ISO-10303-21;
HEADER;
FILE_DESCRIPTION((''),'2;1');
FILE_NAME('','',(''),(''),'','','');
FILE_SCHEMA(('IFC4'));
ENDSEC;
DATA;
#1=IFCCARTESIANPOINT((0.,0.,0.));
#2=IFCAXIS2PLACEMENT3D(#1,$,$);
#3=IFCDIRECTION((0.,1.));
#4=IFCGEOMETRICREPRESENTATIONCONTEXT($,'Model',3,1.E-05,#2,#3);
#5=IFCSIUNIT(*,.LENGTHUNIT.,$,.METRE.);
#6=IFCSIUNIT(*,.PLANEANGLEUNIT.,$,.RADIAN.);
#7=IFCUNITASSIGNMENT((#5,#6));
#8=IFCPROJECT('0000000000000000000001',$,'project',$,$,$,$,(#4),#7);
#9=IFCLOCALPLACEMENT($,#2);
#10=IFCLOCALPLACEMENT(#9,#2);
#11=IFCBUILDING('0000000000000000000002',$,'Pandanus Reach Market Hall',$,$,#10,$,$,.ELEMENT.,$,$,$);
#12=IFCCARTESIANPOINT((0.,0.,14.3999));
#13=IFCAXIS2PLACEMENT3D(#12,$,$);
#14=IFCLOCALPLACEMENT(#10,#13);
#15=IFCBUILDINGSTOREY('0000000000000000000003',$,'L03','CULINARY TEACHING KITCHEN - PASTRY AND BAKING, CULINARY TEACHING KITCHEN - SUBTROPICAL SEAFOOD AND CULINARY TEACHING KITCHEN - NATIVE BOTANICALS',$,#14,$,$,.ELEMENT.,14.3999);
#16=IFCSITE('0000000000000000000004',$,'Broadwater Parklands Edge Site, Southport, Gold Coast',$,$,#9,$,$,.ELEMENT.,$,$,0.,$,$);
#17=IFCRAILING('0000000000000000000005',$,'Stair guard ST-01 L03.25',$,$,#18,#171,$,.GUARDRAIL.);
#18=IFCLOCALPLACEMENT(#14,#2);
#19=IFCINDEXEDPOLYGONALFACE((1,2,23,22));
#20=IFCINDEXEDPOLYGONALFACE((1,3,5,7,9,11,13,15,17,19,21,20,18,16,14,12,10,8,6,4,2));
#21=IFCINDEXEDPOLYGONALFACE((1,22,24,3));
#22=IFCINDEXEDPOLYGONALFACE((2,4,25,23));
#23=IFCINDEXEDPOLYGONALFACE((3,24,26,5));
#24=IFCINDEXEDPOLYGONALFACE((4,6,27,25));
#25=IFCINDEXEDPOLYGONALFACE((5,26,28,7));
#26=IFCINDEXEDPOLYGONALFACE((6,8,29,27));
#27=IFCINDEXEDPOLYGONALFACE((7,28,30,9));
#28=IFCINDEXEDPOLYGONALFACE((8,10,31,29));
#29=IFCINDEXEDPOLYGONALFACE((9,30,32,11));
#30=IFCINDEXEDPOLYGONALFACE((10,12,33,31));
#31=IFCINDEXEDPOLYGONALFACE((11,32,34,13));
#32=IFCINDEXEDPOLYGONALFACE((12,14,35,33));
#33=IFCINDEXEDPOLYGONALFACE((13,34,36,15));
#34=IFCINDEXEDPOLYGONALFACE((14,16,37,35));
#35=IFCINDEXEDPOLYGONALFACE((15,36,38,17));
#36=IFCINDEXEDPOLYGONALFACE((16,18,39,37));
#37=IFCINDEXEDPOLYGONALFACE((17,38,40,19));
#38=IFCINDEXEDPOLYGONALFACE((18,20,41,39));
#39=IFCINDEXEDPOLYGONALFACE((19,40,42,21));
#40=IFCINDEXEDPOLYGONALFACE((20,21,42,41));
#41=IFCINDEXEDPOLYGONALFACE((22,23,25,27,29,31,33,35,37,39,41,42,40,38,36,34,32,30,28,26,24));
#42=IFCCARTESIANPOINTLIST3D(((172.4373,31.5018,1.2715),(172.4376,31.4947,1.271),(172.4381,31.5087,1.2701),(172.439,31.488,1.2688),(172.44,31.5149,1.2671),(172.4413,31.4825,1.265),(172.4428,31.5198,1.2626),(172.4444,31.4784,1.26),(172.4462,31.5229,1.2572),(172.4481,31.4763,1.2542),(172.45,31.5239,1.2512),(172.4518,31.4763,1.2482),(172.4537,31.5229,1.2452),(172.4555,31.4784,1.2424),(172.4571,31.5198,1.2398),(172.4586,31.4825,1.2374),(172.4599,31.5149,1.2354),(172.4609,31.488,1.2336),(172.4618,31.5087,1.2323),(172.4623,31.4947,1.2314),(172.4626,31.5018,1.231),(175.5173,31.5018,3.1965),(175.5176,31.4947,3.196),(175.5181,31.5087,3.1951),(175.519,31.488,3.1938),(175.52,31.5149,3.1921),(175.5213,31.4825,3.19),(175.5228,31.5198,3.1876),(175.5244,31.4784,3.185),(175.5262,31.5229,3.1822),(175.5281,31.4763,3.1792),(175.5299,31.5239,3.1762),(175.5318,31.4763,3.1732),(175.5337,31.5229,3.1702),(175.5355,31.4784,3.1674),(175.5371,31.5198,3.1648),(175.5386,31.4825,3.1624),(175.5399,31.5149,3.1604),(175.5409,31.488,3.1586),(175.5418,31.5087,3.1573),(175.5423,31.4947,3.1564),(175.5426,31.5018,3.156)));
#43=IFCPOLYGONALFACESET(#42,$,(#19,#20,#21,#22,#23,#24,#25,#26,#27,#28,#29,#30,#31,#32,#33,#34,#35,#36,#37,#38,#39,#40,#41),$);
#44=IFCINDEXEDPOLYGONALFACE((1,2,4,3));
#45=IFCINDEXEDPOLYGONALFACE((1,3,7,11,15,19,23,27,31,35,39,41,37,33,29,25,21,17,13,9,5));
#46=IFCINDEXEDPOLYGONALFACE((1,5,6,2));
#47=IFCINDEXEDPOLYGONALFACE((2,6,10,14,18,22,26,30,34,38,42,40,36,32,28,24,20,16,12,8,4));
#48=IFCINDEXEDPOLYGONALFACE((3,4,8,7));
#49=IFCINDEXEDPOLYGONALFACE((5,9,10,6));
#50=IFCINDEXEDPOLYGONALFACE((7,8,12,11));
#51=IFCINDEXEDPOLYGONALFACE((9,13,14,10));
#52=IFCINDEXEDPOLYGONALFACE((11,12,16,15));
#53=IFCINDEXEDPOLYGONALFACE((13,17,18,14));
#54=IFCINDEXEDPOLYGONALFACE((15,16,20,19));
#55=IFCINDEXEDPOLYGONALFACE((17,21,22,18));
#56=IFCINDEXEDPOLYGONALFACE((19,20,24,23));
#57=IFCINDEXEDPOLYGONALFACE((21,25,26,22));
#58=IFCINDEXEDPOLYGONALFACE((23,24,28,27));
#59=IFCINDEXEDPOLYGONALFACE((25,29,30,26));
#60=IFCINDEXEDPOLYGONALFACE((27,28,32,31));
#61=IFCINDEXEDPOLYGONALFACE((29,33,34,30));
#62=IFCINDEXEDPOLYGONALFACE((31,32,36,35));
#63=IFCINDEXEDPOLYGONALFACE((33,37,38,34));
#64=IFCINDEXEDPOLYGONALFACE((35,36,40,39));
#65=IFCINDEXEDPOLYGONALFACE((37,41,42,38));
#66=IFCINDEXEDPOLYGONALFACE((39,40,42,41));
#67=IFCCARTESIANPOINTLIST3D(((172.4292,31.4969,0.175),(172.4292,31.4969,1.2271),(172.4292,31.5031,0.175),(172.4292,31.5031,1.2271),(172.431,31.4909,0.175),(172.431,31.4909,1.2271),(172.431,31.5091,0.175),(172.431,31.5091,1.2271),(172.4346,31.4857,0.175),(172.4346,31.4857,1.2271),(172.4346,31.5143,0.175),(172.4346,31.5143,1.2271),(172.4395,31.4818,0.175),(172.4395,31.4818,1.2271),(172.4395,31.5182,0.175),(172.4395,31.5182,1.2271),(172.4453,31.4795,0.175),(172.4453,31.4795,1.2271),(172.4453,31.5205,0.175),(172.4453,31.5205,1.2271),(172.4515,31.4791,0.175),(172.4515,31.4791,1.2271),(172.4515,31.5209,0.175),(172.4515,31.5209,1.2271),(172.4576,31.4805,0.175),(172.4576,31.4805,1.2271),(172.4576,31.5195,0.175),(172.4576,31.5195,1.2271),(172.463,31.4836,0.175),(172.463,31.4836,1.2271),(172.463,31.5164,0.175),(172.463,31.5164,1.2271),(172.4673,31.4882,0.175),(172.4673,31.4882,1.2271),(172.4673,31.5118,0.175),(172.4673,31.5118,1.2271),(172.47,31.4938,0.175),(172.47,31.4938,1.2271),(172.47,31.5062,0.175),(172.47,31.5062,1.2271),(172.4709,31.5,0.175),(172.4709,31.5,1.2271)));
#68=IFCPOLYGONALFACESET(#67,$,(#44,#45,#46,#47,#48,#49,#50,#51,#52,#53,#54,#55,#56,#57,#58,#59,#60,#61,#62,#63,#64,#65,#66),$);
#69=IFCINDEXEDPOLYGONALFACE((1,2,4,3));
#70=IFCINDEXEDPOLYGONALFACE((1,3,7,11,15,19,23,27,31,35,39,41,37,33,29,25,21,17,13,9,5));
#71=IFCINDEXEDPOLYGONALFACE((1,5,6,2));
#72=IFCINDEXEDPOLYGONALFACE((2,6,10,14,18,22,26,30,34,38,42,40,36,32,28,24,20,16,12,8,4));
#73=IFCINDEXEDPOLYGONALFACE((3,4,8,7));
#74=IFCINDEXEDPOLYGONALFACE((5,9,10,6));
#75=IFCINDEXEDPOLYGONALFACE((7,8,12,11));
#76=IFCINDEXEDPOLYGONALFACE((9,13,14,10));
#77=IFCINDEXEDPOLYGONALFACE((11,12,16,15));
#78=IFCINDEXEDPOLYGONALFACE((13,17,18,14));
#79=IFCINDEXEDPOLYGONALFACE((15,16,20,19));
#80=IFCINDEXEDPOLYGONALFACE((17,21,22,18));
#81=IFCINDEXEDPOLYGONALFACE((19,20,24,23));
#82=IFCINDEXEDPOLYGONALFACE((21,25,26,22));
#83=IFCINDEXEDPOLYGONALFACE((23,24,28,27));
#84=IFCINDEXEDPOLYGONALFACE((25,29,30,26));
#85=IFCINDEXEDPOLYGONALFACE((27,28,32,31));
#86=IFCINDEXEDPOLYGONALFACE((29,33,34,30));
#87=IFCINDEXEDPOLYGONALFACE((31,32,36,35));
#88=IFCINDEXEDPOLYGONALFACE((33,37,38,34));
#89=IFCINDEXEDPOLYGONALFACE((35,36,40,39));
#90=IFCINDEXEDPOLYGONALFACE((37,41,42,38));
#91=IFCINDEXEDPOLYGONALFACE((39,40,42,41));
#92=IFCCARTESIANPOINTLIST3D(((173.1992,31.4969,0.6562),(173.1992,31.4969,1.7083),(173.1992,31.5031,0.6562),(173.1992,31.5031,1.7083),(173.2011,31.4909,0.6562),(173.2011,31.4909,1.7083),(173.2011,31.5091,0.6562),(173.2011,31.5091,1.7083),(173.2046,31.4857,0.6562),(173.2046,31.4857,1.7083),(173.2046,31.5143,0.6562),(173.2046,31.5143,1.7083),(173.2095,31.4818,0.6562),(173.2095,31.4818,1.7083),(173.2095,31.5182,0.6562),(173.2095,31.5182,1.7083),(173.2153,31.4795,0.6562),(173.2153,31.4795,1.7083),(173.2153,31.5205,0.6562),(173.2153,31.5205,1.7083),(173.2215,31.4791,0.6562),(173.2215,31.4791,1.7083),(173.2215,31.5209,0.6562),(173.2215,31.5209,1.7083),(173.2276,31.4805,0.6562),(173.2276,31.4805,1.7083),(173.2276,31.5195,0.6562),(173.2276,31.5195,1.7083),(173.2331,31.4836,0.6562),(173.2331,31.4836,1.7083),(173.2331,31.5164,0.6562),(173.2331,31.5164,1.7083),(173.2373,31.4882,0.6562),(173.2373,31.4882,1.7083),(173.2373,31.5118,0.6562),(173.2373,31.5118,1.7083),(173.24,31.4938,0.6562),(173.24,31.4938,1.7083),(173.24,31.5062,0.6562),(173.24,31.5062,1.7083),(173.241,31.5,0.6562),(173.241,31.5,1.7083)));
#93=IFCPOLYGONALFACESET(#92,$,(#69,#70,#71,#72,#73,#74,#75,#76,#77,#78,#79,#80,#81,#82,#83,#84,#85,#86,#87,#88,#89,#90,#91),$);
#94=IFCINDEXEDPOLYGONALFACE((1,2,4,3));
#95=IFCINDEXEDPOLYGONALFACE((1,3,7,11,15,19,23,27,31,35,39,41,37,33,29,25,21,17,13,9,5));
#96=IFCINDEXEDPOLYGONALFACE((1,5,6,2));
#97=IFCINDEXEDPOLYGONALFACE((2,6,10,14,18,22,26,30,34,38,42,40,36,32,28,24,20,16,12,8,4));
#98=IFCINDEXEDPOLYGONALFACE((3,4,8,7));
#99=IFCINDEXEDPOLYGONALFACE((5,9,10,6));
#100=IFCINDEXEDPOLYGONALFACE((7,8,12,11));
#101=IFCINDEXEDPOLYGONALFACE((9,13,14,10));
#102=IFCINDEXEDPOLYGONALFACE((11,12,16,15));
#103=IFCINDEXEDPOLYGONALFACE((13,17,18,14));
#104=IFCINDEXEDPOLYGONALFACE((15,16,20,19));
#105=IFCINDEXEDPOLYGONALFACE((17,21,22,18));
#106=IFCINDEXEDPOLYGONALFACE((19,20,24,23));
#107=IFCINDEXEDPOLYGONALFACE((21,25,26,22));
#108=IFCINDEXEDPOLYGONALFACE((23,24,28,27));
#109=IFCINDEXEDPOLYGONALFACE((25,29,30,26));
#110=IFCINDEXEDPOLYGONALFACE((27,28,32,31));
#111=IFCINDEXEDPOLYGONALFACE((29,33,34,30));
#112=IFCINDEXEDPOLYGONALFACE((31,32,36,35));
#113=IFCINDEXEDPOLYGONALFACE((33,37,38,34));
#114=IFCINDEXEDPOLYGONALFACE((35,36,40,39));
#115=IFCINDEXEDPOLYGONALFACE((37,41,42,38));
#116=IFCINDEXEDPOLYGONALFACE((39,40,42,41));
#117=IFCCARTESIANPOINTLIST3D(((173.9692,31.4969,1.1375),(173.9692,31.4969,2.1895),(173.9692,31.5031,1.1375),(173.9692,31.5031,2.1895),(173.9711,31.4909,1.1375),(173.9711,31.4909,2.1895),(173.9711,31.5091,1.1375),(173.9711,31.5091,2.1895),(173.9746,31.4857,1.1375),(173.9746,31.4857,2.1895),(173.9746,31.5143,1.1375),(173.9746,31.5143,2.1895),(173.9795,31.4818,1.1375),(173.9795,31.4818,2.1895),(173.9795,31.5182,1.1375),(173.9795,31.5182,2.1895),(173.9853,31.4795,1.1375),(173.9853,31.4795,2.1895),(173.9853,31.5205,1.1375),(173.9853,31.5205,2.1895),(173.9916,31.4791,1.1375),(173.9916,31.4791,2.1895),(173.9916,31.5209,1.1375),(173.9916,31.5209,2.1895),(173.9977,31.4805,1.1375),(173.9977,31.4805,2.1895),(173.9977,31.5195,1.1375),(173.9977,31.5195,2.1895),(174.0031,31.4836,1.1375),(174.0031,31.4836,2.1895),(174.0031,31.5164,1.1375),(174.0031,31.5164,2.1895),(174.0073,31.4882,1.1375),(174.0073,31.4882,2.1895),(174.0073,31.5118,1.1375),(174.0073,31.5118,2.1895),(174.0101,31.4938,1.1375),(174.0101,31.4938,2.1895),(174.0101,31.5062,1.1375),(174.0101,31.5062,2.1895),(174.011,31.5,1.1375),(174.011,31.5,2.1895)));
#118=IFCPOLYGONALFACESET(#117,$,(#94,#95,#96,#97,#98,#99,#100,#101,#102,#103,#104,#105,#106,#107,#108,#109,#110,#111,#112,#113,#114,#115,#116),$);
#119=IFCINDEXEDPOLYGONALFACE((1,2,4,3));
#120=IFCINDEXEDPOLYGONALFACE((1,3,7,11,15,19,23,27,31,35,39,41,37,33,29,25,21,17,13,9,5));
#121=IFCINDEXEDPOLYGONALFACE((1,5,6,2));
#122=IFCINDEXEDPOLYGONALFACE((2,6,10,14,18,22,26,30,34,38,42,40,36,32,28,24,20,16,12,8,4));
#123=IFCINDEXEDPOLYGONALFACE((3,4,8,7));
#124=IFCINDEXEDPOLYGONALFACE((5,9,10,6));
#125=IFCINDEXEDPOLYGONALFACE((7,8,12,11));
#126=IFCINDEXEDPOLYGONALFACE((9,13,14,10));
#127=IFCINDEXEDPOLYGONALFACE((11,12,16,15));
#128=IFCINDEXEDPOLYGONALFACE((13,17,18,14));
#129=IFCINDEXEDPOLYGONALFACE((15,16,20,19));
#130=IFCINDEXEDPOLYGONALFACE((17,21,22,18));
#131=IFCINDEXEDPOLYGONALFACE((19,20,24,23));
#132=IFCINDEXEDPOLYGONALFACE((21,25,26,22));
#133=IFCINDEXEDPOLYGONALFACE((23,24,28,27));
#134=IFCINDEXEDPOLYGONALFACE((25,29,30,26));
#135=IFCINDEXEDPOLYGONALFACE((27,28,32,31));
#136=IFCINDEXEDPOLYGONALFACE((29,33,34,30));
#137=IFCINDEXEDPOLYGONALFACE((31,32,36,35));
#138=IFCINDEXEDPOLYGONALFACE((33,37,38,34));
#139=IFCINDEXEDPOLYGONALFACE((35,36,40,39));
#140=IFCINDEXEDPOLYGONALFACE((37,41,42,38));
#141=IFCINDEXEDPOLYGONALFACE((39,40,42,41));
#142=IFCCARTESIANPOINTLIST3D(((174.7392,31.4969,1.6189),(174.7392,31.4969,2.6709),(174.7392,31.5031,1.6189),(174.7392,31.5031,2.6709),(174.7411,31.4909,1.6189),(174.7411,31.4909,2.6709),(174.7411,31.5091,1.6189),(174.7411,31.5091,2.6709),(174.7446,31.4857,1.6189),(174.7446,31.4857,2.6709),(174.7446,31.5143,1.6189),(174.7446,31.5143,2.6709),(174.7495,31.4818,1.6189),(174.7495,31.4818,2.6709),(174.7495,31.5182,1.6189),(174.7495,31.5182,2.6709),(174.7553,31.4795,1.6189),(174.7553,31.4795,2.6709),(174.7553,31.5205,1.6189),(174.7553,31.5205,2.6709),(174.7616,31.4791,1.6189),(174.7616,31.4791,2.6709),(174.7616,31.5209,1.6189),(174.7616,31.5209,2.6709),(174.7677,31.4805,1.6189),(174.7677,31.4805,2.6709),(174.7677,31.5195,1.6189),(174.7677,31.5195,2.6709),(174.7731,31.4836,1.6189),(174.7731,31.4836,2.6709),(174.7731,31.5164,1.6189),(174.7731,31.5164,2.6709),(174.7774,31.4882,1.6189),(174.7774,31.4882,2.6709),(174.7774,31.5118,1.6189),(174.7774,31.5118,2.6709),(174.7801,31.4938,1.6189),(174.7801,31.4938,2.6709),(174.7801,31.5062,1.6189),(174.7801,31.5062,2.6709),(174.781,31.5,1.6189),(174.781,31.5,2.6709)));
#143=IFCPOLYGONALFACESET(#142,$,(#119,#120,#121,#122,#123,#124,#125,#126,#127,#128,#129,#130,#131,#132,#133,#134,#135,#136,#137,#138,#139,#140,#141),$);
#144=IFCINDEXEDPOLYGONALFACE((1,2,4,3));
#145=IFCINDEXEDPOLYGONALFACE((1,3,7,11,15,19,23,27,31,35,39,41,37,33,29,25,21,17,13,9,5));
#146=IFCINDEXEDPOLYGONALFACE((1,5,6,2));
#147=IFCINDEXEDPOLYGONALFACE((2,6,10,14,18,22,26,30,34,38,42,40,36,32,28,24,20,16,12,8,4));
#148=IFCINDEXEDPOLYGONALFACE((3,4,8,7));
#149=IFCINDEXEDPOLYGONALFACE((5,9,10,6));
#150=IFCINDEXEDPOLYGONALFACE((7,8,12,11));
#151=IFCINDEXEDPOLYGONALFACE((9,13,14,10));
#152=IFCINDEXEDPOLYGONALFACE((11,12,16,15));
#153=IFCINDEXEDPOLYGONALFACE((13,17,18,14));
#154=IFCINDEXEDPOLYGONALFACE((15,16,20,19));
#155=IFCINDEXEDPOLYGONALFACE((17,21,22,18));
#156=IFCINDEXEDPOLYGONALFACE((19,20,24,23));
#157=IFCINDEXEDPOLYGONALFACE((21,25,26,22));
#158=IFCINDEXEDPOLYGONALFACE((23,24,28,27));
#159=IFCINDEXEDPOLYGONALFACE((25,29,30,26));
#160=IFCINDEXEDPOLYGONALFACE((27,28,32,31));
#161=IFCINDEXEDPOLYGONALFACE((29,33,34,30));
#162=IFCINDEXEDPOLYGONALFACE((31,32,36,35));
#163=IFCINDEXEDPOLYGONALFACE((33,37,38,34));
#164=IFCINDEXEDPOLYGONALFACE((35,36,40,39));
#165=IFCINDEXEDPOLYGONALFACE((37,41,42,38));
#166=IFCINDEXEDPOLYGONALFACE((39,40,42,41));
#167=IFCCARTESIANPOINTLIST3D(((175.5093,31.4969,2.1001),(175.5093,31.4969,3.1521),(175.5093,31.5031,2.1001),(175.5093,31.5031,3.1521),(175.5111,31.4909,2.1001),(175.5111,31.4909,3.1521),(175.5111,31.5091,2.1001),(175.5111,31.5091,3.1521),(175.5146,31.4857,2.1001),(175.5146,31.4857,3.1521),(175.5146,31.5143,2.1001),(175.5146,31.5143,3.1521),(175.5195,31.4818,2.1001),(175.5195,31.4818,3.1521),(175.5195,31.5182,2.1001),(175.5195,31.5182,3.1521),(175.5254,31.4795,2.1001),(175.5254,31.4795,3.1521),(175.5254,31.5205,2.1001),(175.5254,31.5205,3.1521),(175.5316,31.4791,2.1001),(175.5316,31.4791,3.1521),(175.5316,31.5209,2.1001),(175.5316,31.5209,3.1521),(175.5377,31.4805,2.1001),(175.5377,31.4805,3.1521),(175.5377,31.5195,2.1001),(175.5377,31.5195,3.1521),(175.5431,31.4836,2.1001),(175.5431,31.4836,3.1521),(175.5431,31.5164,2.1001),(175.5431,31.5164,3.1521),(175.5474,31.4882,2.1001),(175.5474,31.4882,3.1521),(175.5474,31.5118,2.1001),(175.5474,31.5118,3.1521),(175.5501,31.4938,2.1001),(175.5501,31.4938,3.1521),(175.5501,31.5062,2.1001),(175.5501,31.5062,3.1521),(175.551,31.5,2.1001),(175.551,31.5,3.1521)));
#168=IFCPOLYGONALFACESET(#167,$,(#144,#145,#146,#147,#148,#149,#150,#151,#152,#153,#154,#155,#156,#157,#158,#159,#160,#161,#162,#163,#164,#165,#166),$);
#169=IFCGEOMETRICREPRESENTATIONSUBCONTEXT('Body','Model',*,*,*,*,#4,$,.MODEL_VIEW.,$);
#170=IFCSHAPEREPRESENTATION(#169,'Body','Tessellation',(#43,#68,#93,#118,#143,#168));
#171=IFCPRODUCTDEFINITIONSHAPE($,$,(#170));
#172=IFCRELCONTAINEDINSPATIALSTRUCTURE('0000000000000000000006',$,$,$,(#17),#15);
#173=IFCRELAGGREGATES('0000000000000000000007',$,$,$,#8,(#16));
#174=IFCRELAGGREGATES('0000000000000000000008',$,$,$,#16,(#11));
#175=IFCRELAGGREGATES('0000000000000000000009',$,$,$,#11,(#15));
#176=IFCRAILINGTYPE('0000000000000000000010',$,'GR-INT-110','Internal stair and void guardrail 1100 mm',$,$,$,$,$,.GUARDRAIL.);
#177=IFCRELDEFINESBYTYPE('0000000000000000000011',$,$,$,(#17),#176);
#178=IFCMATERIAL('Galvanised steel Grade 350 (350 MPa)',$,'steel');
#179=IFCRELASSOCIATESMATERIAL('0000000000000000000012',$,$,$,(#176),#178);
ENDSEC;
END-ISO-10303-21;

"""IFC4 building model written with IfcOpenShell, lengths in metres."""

from ifc_helpers import new_model, si_unit, direction, frame, origin, origin_2d, place, context, subcontext, project, spatial, circle, extrude, material, type_object, element, save


model = new_model("IFC4")

# Units and contexts
model_context = context("Model", 3, precision=1e-05, world=origin(), true_north=direction((0.0, 1.0)))
body_context = subcontext(model_context, "Body", "Model", "MODEL_VIEW")
ifc_project = project(units=[si_unit("LENGTHUNIT", "METRE"), si_unit("PLANEANGLEUNIT", "RADIAN")], contexts=[model_context])

# Site, building, storey
site_placement = place(None, origin())
site = spatial("IfcSite", under=ifc_project, at=site_placement, Name="Broadwater Parklands Edge Site, Southport, Gold Coast", CompositionType="ELEMENT", RefElevation=0.0)
building_placement = place(site_placement, origin())
building = spatial("IfcBuilding", under=site, at=building_placement, Name="Pandanus Reach Market Hall", CompositionType="ELEMENT")
storey_placement = place(building_placement, frame((0.0, 0.0, 14.3999)))
storey = spatial("IfcBuildingStorey", under=building, at=storey_placement, Name="L03", Description="CULINARY TEACHING KITCHEN - PASTRY AND BAKING, CULINARY TEACHING KITCHEN - SUBTROPICAL SEAFOOD AND CULINARY TEACHING KITCHEN - NATIVE BOTANICALS", CompositionType="ELEMENT", Elevation=14.3999)

# Railing
ifc_material_1 = material(Name="Galvanised steel Grade 350 (350 MPa)", Category="steel")
railing_type_1 = type_object("IfcRailingType", Name="GR-INT-110", Description="Internal stair and void guardrail 1100 mm", PredefinedType="GUARDRAIL", material=ifc_material_1)
railing_1_placement = place(storey_placement, frame((172.45, 31.5, 0.175)))
element("IfcRailing", 1, at=railing_1_placement, inside=storey, type_object=railing_type_1, Name="Stair guard ST-01 L03.25", PredefinedType="GUARDRAIL", context=body_context, shape_type="SweptSolid", body=[
    extrude(circle(Radius=0.0239, at=origin_2d()), frame((0.0, 0.0, 1.0762), z_axis=(0.847998, 0.0, 0.529999), x_axis=(0.0, 1.0, 0.0)), (0.0, 0.0, 1.0), 3.6321),
    extrude(circle(Radius=0.021, at=origin_2d()), origin(), (0.0, 0.0, 1.0), 1.052),
    extrude(circle(Radius=0.021, at=origin_2d()), frame((0.77, 0.0, 0.4812)), (0.0, 0.0, 1.0), 1.052),
    extrude(circle(Radius=0.021, at=origin_2d()), frame((1.54, 0.0, 0.9624)), (0.0, 0.0, 1.0), 1.052),
    extrude(circle(Radius=0.021, at=origin_2d()), frame((2.3101, 0.0, 1.4438)), (0.0, 0.0, 1.0), 1.052),
    extrude(circle(Radius=0.021, at=origin_2d()), frame((3.0801, 0.0, 1.925)), (0.0, 0.0, 1.0), 1.052),
])

save(model, "model.ifc")
